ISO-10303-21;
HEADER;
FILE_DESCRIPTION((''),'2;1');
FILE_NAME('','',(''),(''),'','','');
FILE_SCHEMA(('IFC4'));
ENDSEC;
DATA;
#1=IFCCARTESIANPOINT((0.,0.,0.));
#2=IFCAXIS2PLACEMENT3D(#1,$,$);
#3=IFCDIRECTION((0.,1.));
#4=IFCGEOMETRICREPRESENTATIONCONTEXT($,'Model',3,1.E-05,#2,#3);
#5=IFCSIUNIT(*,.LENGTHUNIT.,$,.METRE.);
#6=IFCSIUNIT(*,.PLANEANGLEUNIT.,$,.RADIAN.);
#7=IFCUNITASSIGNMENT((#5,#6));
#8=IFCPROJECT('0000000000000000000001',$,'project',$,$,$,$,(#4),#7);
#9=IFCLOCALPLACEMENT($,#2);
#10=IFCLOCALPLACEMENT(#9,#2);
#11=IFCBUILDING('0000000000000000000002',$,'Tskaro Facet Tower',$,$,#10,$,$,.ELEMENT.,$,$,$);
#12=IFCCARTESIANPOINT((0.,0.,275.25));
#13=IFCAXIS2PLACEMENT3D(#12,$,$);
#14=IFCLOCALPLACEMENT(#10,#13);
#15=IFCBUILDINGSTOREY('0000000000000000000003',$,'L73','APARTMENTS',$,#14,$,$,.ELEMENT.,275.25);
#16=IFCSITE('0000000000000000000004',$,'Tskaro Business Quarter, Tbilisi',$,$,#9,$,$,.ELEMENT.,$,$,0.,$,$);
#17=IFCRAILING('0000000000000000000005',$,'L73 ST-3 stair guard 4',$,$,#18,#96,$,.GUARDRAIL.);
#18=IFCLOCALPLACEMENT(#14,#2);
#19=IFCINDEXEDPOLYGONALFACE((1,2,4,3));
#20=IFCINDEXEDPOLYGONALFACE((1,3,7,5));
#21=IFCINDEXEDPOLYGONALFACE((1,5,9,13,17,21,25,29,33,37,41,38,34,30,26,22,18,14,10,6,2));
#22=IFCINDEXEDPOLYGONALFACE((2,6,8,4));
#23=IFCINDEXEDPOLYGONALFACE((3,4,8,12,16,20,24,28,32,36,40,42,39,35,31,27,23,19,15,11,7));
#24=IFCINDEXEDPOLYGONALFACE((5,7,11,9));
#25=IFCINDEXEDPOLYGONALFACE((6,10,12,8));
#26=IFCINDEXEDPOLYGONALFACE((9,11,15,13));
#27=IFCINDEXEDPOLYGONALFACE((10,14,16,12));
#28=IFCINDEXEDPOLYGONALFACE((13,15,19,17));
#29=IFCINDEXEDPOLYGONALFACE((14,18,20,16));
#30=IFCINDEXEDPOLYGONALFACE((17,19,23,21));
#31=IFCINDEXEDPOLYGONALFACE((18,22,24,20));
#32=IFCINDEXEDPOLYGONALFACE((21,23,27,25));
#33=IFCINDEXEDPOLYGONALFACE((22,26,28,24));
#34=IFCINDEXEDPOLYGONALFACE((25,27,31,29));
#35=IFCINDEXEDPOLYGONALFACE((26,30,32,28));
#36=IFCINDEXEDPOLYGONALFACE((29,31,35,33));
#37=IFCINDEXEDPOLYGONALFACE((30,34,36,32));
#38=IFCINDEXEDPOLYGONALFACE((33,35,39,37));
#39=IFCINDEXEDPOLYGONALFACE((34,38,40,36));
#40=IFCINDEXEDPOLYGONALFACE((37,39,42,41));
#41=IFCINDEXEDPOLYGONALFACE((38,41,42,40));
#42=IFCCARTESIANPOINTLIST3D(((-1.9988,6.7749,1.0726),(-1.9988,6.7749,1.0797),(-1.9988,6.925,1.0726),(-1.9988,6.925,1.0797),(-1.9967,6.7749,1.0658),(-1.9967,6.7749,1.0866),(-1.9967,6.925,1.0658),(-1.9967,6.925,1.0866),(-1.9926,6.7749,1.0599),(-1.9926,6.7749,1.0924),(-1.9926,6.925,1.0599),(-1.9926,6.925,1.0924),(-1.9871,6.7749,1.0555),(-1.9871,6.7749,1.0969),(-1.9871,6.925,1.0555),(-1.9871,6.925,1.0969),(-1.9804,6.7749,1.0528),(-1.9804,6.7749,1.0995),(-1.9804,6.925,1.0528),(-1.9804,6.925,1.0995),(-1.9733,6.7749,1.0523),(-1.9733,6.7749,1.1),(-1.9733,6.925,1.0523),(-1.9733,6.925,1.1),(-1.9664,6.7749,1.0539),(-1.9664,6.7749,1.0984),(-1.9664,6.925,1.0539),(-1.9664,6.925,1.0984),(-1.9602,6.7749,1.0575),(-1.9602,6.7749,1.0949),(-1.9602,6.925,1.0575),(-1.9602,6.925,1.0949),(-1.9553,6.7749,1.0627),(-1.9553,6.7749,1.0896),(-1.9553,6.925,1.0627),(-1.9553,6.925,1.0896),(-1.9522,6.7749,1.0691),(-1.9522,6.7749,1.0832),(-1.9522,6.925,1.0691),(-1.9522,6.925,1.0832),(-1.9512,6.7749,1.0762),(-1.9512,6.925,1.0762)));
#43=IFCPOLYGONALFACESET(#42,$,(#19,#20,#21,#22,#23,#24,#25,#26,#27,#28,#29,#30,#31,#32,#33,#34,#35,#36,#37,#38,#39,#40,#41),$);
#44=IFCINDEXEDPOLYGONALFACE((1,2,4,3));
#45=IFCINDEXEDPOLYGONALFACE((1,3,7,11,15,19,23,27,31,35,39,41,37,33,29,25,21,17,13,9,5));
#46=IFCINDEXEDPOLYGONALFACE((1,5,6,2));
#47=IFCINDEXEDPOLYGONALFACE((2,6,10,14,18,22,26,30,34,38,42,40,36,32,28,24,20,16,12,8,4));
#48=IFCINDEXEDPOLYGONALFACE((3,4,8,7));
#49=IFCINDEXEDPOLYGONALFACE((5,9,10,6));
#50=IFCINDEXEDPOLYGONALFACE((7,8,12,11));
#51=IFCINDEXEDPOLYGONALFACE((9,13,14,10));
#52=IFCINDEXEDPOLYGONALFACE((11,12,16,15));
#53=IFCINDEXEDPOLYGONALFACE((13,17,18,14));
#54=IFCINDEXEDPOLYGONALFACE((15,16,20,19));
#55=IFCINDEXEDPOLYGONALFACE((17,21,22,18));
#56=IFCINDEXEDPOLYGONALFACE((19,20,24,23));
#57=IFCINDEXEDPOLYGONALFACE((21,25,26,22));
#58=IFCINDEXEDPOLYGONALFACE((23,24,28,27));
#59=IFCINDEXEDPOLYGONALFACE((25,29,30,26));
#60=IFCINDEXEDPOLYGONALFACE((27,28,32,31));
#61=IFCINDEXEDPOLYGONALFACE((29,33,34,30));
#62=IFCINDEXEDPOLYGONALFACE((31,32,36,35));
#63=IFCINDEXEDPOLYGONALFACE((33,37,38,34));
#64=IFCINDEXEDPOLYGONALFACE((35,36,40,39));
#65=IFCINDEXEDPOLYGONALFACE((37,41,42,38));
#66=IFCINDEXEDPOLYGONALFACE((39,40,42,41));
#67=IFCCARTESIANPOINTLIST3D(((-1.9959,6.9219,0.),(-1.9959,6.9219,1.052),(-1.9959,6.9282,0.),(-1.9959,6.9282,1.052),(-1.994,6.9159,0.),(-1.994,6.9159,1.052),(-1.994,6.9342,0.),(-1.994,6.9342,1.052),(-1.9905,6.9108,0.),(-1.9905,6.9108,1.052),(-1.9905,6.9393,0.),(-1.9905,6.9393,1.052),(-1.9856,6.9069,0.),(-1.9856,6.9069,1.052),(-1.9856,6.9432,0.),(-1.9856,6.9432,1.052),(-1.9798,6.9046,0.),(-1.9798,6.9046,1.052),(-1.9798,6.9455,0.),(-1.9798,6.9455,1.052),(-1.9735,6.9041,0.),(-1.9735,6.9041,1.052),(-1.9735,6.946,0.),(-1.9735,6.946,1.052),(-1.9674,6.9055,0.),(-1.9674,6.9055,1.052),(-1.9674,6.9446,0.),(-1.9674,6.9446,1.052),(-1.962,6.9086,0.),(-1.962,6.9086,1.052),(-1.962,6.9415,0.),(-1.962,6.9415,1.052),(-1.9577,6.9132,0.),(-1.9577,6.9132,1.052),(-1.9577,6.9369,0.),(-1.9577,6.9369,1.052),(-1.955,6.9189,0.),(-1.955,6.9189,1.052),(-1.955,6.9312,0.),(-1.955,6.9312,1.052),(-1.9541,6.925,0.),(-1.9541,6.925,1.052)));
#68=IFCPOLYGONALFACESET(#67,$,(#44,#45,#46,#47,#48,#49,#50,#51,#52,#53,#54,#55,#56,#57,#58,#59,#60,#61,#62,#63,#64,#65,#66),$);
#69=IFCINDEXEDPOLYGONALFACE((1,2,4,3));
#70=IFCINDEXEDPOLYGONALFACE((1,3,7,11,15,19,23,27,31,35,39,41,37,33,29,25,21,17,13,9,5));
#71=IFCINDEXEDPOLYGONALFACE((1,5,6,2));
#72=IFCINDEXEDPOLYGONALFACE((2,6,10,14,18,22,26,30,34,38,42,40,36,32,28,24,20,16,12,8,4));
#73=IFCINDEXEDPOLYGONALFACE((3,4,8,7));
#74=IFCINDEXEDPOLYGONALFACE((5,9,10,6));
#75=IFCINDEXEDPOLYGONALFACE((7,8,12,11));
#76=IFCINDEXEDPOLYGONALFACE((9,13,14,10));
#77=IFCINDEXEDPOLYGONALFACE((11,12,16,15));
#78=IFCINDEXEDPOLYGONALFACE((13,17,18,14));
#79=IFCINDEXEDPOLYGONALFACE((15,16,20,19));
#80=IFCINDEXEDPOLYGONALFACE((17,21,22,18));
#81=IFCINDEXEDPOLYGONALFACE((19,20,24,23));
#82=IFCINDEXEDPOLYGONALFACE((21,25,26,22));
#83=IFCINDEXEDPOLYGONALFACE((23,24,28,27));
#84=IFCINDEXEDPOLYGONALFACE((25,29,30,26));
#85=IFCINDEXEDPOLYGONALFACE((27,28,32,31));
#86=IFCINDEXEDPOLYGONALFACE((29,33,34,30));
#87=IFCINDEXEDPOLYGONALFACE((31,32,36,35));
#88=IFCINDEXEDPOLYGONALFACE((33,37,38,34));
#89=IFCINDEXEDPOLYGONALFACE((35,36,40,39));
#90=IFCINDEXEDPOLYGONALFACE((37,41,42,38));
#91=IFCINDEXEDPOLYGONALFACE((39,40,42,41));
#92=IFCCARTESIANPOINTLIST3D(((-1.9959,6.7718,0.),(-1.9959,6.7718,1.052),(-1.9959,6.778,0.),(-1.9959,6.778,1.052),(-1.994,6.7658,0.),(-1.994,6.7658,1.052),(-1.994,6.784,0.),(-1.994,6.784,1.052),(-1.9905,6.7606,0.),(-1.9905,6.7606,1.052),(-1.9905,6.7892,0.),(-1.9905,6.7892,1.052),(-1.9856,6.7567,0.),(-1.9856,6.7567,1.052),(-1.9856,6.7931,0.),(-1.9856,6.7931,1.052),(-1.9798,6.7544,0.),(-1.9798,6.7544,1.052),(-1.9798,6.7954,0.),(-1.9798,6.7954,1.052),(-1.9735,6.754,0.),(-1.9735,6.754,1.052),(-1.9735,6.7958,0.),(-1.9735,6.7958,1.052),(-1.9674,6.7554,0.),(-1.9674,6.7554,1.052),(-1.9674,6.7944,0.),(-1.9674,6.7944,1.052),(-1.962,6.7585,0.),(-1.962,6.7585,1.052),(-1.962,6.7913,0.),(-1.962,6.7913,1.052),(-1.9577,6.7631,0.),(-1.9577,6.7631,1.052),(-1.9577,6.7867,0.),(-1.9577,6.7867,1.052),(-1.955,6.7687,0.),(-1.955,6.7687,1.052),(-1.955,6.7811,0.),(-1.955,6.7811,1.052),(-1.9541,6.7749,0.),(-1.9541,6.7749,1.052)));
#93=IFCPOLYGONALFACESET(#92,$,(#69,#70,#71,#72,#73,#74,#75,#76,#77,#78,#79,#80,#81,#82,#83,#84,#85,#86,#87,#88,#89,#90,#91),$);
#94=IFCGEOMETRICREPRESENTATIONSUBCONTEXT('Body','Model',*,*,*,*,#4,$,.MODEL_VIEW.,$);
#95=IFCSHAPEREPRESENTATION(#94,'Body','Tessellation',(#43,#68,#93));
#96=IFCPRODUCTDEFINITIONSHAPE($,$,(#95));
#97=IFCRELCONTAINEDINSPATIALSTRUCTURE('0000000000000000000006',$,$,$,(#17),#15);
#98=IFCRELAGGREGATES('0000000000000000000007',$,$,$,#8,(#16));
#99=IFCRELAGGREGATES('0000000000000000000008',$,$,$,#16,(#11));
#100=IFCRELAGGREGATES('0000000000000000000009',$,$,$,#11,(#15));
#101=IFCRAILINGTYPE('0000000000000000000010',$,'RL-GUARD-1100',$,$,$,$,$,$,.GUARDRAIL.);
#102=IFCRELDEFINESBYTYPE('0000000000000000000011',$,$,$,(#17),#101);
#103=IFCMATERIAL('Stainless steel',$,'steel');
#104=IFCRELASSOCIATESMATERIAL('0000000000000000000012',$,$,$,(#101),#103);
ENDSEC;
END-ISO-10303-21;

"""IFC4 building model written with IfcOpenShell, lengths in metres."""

from ifc_helpers import new_model, si_unit, direction, frame, origin, origin_2d, place, context, subcontext, project, spatial, circle, extrude, material, type_object, element, save


model = new_model("IFC4")

# Units and contexts
model_context = context("Model", 3, precision=1e-05, world=origin(), true_north=direction((0.0, 1.0)))
body_context = subcontext(model_context, "Body", "Model", "MODEL_VIEW")
ifc_project = project(units=[si_unit("LENGTHUNIT", "METRE"), si_unit("PLANEANGLEUNIT", "RADIAN")], contexts=[model_context])

# Site, building, storey
site_placement = place(None, origin())
site = spatial("IfcSite", under=ifc_project, at=site_placement, Name="Tskaro Business Quarter, Tbilisi", CompositionType="ELEMENT", RefElevation=0.0)
building_placement = place(site_placement, origin())
building = spatial("IfcBuilding", under=site, at=building_placement, Name="Tskaro Facet Tower", CompositionType="ELEMENT")
storey_placement = place(building_placement, frame((0.0, 0.0, 275.25)))
storey = spatial("IfcBuildingStorey", under=building, at=storey_placement, Name="L73", Description="APARTMENTS", CompositionType="ELEMENT", Elevation=275.25)

# Railing
ifc_material_1 = material(Name="Stainless steel", Category="steel")
railing_type_1 = type_object("IfcRailingType", Name="RL-GUARD-1100", PredefinedType="GUARDRAIL", material=ifc_material_1)
railing_1_placement = place(storey_placement, frame((-1.9751, 6.925, 0.0)))
element("IfcRailing", 1, at=railing_1_placement, inside=storey, type_object=railing_type_1, Name="L73 ST-3 stair guard 4", PredefinedType="GUARDRAIL", context=body_context, shape_type="SweptSolid", body=[
    extrude(circle(Radius=0.0239, at=origin_2d()), frame((0.0, 0.0, 1.0762), z_axis=(0.0, -1.0, 0.0), x_axis=(1.0, 0.0, 0.0)), (0.0, 0.0, 1.0), 0.1501),
    extrude(circle(Radius=0.021, at=origin_2d()), origin(), (0.0, 0.0, 1.0), 1.052),
    extrude(circle(Radius=0.021, at=origin_2d()), frame((0.0, -0.1501, 0.0)), (0.0, 0.0, 1.0), 1.052),
])

save(model, "model.ifc")
